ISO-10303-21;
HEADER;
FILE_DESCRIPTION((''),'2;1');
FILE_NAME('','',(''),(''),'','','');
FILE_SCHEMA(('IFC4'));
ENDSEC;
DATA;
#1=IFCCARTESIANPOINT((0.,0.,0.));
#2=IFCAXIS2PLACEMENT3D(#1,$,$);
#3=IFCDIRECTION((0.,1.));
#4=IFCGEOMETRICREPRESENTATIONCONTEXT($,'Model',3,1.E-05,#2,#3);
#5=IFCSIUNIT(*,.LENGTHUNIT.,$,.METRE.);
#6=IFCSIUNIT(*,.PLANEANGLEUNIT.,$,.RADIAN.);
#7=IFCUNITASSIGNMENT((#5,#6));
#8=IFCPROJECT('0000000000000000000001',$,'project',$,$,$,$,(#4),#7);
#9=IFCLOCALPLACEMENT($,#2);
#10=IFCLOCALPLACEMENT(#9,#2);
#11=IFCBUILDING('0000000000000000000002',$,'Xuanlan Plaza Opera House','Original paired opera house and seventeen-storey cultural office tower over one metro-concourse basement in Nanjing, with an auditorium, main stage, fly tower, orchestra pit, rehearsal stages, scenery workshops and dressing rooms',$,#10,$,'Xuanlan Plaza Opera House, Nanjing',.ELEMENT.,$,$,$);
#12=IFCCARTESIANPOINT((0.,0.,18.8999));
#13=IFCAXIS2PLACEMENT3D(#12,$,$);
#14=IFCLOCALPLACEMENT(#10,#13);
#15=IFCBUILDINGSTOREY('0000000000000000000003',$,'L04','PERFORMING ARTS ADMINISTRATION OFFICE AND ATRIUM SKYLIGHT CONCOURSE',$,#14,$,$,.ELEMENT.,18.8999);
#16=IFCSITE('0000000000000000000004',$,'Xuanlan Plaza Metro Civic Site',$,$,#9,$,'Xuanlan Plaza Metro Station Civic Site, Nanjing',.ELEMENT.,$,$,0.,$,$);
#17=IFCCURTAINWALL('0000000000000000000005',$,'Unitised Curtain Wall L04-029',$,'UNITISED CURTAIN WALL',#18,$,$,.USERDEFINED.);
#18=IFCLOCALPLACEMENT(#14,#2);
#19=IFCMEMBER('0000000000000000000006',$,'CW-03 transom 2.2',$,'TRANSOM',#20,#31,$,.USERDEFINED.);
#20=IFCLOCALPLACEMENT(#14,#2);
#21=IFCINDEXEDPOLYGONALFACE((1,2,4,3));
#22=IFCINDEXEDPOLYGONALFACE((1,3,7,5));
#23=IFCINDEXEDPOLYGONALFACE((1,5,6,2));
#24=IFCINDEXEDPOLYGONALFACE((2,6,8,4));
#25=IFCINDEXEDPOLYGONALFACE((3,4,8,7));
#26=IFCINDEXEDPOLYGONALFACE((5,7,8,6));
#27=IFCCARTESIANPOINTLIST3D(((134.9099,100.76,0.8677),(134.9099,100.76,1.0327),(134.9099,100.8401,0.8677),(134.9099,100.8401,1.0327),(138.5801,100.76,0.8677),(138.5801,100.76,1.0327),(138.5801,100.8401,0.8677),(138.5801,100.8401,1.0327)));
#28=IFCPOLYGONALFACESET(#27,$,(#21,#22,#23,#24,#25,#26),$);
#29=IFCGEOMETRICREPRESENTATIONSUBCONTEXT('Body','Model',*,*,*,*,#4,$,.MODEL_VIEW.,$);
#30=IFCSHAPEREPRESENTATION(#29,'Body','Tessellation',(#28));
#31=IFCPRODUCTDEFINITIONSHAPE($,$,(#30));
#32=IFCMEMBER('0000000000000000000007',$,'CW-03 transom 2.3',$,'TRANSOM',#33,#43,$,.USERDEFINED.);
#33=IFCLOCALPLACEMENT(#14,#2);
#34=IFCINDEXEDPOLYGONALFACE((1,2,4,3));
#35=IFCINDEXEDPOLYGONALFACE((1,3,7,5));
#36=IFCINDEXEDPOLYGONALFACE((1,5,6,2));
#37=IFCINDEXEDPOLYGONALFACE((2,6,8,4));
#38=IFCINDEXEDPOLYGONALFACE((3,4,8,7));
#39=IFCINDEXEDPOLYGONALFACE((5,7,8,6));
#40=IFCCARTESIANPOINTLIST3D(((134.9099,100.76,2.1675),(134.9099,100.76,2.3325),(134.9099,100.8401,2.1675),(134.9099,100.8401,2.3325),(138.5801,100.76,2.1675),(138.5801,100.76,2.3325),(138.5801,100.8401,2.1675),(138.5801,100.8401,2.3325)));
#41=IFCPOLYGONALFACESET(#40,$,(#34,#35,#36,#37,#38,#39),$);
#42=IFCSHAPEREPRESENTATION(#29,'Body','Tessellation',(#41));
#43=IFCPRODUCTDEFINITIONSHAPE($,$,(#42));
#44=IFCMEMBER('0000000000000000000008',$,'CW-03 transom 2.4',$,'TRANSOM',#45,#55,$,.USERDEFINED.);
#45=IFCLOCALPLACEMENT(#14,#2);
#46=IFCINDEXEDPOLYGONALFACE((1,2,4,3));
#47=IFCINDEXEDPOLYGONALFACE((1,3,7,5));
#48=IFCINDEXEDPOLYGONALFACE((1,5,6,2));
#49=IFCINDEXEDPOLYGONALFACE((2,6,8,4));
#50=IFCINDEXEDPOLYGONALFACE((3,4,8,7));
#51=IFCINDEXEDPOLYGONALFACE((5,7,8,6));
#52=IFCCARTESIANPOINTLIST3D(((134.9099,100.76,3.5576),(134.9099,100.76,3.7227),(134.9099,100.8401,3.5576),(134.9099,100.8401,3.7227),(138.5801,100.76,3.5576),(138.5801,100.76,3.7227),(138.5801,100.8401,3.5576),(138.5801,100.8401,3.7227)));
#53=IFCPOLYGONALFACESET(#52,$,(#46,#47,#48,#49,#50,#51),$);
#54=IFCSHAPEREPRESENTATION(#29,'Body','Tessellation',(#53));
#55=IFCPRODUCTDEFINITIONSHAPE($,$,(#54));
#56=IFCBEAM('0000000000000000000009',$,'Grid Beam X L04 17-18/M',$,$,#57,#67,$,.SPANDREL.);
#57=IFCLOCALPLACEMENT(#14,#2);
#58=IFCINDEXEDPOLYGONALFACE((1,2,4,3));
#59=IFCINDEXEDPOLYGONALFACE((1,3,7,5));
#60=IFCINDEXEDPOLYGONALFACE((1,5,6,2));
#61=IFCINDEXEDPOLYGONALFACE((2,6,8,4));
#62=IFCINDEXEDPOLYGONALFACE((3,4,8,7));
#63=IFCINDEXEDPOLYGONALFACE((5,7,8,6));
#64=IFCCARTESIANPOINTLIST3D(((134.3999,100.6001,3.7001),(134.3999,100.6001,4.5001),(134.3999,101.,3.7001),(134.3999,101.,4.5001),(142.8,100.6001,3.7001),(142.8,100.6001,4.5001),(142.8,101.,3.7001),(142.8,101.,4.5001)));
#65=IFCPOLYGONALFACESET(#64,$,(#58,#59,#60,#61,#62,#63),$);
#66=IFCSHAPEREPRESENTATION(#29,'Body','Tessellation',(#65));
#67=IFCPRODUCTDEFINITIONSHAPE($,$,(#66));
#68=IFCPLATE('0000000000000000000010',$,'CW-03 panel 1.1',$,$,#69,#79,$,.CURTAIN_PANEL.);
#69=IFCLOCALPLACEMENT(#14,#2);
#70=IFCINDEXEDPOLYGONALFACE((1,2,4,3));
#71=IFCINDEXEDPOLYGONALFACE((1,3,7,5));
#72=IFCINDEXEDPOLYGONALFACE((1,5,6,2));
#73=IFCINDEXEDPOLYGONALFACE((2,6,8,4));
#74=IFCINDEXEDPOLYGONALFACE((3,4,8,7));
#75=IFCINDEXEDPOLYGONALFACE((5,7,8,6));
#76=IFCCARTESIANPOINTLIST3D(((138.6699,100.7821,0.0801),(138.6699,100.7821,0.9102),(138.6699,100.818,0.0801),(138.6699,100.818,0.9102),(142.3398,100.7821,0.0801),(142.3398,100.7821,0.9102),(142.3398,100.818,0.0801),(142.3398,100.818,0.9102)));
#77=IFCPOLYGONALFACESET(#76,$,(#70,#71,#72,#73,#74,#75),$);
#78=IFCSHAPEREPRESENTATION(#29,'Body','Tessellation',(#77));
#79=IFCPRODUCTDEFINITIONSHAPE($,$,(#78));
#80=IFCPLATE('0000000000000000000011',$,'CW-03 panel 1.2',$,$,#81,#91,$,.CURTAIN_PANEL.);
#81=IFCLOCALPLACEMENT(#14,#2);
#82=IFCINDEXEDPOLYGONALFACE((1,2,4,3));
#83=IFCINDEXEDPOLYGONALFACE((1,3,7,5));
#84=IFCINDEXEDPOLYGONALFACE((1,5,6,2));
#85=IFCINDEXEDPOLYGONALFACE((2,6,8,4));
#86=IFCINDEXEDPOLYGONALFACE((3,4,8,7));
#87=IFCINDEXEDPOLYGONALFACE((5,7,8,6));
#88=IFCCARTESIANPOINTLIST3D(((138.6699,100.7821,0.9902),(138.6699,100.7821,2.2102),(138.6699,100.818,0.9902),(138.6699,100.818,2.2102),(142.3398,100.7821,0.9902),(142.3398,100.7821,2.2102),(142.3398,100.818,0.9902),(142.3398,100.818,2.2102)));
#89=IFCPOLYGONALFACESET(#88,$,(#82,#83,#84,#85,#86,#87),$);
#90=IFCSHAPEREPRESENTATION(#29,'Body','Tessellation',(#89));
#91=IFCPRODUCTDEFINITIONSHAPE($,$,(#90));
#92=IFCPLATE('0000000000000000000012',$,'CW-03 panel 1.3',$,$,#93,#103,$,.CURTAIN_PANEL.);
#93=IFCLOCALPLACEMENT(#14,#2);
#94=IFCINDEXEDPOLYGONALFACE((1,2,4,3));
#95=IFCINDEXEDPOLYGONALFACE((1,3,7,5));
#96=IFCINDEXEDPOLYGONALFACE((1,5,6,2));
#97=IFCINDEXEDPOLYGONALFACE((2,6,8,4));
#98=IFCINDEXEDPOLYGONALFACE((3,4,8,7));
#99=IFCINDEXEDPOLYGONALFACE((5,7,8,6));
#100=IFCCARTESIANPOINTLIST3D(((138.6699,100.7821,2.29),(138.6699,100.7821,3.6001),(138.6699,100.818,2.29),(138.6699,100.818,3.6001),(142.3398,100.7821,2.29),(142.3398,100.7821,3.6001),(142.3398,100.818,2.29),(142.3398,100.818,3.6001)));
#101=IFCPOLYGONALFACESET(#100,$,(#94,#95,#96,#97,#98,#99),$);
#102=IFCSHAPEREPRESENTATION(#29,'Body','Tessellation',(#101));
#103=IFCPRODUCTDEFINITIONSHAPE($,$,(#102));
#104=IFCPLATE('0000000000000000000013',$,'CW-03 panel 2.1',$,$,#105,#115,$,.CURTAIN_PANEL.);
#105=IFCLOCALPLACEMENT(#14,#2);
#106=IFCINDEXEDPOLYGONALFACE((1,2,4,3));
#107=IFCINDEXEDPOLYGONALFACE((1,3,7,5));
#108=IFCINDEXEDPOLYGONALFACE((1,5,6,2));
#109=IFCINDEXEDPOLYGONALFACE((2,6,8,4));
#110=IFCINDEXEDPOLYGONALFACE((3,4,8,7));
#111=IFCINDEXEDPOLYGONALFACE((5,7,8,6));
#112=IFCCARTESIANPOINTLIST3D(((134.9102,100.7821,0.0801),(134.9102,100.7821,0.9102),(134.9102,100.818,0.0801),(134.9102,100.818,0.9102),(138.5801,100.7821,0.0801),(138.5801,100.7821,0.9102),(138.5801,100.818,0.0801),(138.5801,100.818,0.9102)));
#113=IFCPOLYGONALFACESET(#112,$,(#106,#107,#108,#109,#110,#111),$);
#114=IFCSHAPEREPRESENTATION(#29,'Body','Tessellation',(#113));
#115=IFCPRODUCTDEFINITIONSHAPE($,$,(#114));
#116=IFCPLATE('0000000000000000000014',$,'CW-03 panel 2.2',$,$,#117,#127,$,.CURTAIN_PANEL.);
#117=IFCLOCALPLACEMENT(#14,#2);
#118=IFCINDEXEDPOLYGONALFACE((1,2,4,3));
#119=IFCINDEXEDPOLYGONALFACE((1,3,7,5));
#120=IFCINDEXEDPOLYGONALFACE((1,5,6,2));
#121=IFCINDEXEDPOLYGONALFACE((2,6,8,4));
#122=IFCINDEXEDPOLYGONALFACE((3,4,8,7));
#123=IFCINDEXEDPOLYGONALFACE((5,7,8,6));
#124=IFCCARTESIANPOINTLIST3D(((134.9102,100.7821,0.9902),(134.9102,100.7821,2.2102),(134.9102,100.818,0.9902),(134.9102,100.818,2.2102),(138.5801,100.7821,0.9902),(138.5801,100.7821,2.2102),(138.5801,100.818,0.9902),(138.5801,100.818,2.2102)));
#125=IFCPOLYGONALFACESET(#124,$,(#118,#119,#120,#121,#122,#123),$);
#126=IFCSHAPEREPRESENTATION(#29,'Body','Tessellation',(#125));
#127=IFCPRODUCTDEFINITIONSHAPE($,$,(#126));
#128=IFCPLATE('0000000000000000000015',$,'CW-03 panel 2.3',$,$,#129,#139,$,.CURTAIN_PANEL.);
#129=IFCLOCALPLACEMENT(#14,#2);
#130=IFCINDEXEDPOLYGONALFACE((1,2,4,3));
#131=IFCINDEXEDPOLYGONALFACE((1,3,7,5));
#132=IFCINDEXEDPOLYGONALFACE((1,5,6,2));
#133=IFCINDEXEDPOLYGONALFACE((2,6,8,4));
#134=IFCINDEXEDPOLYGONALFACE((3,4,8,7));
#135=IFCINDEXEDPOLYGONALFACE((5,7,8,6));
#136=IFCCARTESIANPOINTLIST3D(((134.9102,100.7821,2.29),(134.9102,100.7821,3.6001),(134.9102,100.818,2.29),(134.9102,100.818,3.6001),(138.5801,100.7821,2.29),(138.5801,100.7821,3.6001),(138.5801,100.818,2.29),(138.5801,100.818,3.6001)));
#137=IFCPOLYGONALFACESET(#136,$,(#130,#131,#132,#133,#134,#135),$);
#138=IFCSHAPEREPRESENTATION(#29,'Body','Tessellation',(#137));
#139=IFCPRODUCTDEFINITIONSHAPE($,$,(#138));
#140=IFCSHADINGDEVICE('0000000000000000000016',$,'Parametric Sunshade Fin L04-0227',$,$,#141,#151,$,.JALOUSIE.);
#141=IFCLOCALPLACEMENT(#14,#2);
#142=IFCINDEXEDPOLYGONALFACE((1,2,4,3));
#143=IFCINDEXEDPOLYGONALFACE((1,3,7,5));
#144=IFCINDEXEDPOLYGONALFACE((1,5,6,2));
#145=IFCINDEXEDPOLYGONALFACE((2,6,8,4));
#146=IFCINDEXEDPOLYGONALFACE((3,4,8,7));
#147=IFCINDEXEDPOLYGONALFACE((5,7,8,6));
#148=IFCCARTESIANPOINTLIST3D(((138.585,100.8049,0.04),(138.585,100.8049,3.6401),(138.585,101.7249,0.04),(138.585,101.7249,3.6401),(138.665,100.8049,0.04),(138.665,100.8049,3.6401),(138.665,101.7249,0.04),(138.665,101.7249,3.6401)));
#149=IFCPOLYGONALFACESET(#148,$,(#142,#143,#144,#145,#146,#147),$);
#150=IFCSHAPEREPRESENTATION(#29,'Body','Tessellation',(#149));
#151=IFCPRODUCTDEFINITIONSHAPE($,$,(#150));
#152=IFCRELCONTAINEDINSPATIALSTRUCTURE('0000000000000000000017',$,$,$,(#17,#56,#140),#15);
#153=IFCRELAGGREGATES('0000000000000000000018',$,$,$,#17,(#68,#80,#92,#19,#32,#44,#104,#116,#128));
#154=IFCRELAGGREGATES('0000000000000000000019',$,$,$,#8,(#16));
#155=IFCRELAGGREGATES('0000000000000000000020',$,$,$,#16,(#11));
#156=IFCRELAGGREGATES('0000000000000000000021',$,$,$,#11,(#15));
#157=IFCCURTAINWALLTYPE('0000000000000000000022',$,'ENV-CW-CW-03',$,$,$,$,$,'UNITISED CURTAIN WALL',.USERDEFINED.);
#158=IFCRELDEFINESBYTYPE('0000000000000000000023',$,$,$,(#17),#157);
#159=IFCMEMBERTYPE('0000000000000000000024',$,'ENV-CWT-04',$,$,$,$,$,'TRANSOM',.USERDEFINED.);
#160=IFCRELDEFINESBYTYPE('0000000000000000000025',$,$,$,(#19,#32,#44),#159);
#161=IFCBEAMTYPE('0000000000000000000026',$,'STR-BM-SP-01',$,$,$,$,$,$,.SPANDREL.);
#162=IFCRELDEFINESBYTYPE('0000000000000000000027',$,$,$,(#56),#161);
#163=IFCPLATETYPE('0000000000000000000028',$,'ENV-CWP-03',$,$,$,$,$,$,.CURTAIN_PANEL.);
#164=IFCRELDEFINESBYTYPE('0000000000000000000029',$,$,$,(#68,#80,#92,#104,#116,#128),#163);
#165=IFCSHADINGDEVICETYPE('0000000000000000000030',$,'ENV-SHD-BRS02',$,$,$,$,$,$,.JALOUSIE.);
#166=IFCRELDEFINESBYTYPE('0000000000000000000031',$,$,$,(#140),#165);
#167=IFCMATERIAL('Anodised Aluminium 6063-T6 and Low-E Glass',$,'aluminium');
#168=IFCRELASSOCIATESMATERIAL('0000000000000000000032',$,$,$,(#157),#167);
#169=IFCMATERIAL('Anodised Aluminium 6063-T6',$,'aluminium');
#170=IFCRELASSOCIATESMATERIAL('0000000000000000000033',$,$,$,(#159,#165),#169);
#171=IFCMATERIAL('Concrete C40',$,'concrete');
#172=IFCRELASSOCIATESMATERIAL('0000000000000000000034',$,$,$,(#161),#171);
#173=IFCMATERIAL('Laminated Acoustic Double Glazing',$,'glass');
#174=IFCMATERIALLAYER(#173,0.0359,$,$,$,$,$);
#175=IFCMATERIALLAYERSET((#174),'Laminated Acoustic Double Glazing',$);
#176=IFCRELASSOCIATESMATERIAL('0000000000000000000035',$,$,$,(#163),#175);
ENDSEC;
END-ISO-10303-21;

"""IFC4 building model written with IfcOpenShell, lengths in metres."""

from ifc_helpers import new_model, si_unit, direction, frame, origin, origin_2d, place, context, subcontext, project, spatial, rectangle, extrude, material, layer, layer_set, material_profile, profile_set, type_object, element, aggregate, save


model = new_model("IFC4")

# Units and contexts
model_context = context("Model", 3, precision=1e-05, world=origin(), true_north=direction((0.0, 1.0)))
body_context = subcontext(model_context, "Body", "Model", "MODEL_VIEW")
ifc_project = project(units=[si_unit("LENGTHUNIT", "METRE"), si_unit("PLANEANGLEUNIT", "RADIAN")], contexts=[model_context])

# Site, building, storey
site_placement = place(None, origin())
site = spatial("IfcSite", under=ifc_project, at=site_placement, Name="Xuanlan Plaza Metro Civic Site", LongName="Xuanlan Plaza Metro Station Civic Site, Nanjing", CompositionType="ELEMENT", RefElevation=0.0)
building_placement = place(site_placement, origin())
building = spatial("IfcBuilding", under=site, at=building_placement, Name="Xuanlan Plaza Opera House", Description="Original paired opera house and seventeen-storey cultural office tower over one metro-concourse basement in Nanjing, with an auditorium, main stage, fly tower, orchestra pit, rehearsal stages, scenery workshops and dressing rooms", LongName="Xuanlan Plaza Opera House, Nanjing", CompositionType="ELEMENT")
storey_placement = place(building_placement, frame((0.0, 0.0, 18.8999)))
storey = spatial("IfcBuildingStorey", under=building, at=storey_placement, Name="L04", Description="PERFORMING ARTS ADMINISTRATION OFFICE AND ATRIUM SKYLIGHT CONCOURSE", CompositionType="ELEMENT", Elevation=18.8999)

# Shared definitions
ifc_material_1 = material(Name="Concrete C40", Category="concrete")

# Shared definitions
ifc_material_2 = material(Name="Anodised Aluminium 6063-T6 and Low-E Glass", Category="aluminium")
ifc_material_3 = material(Name="Anodised Aluminium 6063-T6", Category="aluminium")

# Curtain wall
curtain_wall_type_1 = type_object("IfcCurtainWallType", Name="ENV-CW-CW-03", ElementType="UNITISED CURTAIN WALL", PredefinedType="USERDEFINED", material=ifc_material_2)
curtain_wall_1_placement = place(storey_placement, origin())
curtain_wall_1 = element("IfcCurtainWall", 1, at=curtain_wall_1_placement, inside=storey, type_object=curtain_wall_type_1, Name="Unitised Curtain Wall L04-029", ObjectType="UNITISED CURTAIN WALL", PredefinedType="USERDEFINED")

# Members
ifc_material_profile_1 = material_profile(ifc_material_3, rectangle(XDim=0.0801, YDim=0.165, at=origin_2d()), Name="ALU-T 80x165")
ifc_profile_set_1 = profile_set([ifc_material_profile_1], Name="Anodised Aluminium 6063-T6")
member_type_1 = type_object("IfcMemberType", Name="ENV-CWT-04", ElementType="TRANSOM", PredefinedType="USERDEFINED", material=ifc_profile_set_1)
member_1_placement = place(storey_placement, frame((138.5801, 100.8, 0.9502), z_axis=(-1.0, 0.0, 0.0), x_axis=(0.0, -1.0, 0.0)))
member_1 = element("IfcMember", 2, at=member_1_placement, type_object=member_type_1, Name="CW-03 transom 2.2", ObjectType="TRANSOM", PredefinedType="USERDEFINED", context=body_context, shape_type="SweptSolid", body=[
    extrude(rectangle(XDim=0.0801, YDim=0.165, at=origin_2d()), origin(), (0.0, 0.0, 1.0), 3.6702),
])
member_2_placement = place(storey_placement, frame((138.5801, 100.8, 2.25), z_axis=(-1.0, 0.0, 0.0), x_axis=(0.0, -1.0, 0.0)))
member_2 = element("IfcMember", 3, at=member_2_placement, type_object=member_type_1, Name="CW-03 transom 2.3", ObjectType="TRANSOM", PredefinedType="USERDEFINED", context=body_context, shape_type="SweptSolid", body=[
    extrude(rectangle(XDim=0.0801, YDim=0.165, at=origin_2d()), origin(), (0.0, 0.0, 1.0), 3.6702),
])
member_3_placement = place(storey_placement, frame((138.5801, 100.8, 3.6401), z_axis=(-1.0, 0.0, 0.0), x_axis=(0.0, -1.0, 0.0)))
member_3 = element("IfcMember", 4, at=member_3_placement, type_object=member_type_1, Name="CW-03 transom 2.4", ObjectType="TRANSOM", PredefinedType="USERDEFINED", context=body_context, shape_type="SweptSolid", body=[
    extrude(rectangle(XDim=0.0801, YDim=0.165, at=origin_2d()), origin(), (0.0, 0.0, 1.0), 3.6702),
])

# Beam
ifc_material_profile_2 = material_profile(ifc_material_1, rectangle(XDim=0.3999, YDim=0.8, at=origin_2d()), Name="RC-SPD 400x800")
ifc_profile_set_2 = profile_set([ifc_material_profile_2], Name="Concrete C40")
beam_type = type_object("IfcBeamType", Name="STR-BM-SP-01", PredefinedType="SPANDREL", material=ifc_profile_set_2)
beam_placement = place(storey_placement, frame((134.3999, 100.8, 4.1001), z_axis=(1.0, 0.0, 0.0), x_axis=(0.0, 1.0, 0.0)))
element("IfcBeam", 5, at=beam_placement, inside=storey, type_object=beam_type, Name="Grid Beam X L04 17-18/M", PredefinedType="SPANDREL", context=body_context, shape_type="SweptSolid", body=[
    extrude(rectangle(XDim=0.3999, YDim=0.8, at=origin_2d()), origin(), (0.0, 0.0, 1.0), 8.4001),
])

# Plates
ifc_material_4 = material(Name="Laminated Acoustic Double Glazing", Category="glass")
ifc_layer = layer(ifc_material_4, 0.0359)
ifc_layer_set = layer_set([ifc_layer], Name="Laminated Acoustic Double Glazing")
plate_type = type_object("IfcPlateType", Name="ENV-CWP-03", PredefinedType="CURTAIN_PANEL", material=ifc_layer_set)
plate_1_placement = place(storey_placement, frame((140.5049, 100.8, 0.0801), z_axis=(0.0, 0.0, 1.0), x_axis=(-1.0, 0.0, 0.0)))
plate_1 = element("IfcPlate", 6, at=plate_1_placement, type_object=plate_type, Name="CW-03 panel 1.1", PredefinedType="CURTAIN_PANEL", context=body_context, shape_type="SweptSolid", body=[
    extrude(rectangle(XDim=3.6699, YDim=0.0359, at=origin_2d()), origin(), (0.0, 0.0, 1.0), 0.8301),
])
plate_2_placement = place(storey_placement, frame((140.5049, 100.8, 0.9902), z_axis=(0.0, 0.0, 1.0), x_axis=(-1.0, 0.0, 0.0)))
plate_2 = element("IfcPlate", 7, at=plate_2_placement, type_object=plate_type, Name="CW-03 panel 1.2", PredefinedType="CURTAIN_PANEL", context=body_context, shape_type="SweptSolid", body=[
    extrude(rectangle(XDim=3.6699, YDim=0.0359, at=origin_2d()), origin(), (0.0, 0.0, 1.0), 1.22),
])
plate_3_placement = place(storey_placement, frame((140.5049, 100.8, 2.29), z_axis=(0.0, 0.0, 1.0), x_axis=(-1.0, 0.0, 0.0)))
plate_3 = element("IfcPlate", 8, at=plate_3_placement, type_object=plate_type, Name="CW-03 panel 1.3", PredefinedType="CURTAIN_PANEL", context=body_context, shape_type="SweptSolid", body=[
    extrude(rectangle(XDim=3.6699, YDim=0.0359, at=origin_2d()), origin(), (0.0, 0.0, 1.0), 1.3101),
])
plate_4_placement = place(storey_placement, frame((136.7451, 100.8, 0.0801), z_axis=(0.0, 0.0, 1.0), x_axis=(-1.0, 0.0, 0.0)))
plate_4 = element("IfcPlate", 9, at=plate_4_placement, type_object=plate_type, Name="CW-03 panel 2.1", PredefinedType="CURTAIN_PANEL", context=body_context, shape_type="SweptSolid", body=[
    extrude(rectangle(XDim=3.6699, YDim=0.0359, at=origin_2d()), origin(), (0.0, 0.0, 1.0), 0.8301),
])
plate_5_placement = place(storey_placement, frame((136.7451, 100.8, 0.9902), z_axis=(0.0, 0.0, 1.0), x_axis=(-1.0, 0.0, 0.0)))
plate_5 = element("IfcPlate", 10, at=plate_5_placement, type_object=plate_type, Name="CW-03 panel 2.2", PredefinedType="CURTAIN_PANEL", context=body_context, shape_type="SweptSolid", body=[
    extrude(rectangle(XDim=3.6699, YDim=0.0359, at=origin_2d()), origin(), (0.0, 0.0, 1.0), 1.22),
])
plate_6_placement = place(storey_placement, frame((136.7451, 100.8, 2.29), z_axis=(0.0, 0.0, 1.0), x_axis=(-1.0, 0.0, 0.0)))
plate_6 = element("IfcPlate", 11, at=plate_6_placement, type_object=plate_type, Name="CW-03 panel 2.3", PredefinedType="CURTAIN_PANEL", context=body_context, shape_type="SweptSolid", body=[
    extrude(rectangle(XDim=3.6699, YDim=0.0359, at=origin_2d()), origin(), (0.0, 0.0, 1.0), 1.3101),
])
aggregate(curtain_wall_1, [plate_1, plate_2, plate_3, member_1, member_2, member_3, plate_4, plate_5, plate_6])

# Shading device
shading_device_type = type_object("IfcShadingDeviceType", Name="ENV-SHD-BRS02", PredefinedType="JALOUSIE", material=ifc_material_3)
shading_device_placement = place(storey_placement, frame((138.625, 101.2649, 0.04), z_axis=(0.0, 0.0, 1.0), x_axis=(0.0, 1.0, 0.0)))
element("IfcShadingDevice", 12, at=shading_device_placement, inside=storey, type_object=shading_device_type, Name="Parametric Sunshade Fin L04-0227", PredefinedType="JALOUSIE", context=body_context, shape_type="SweptSolid", body=[
    extrude(rectangle(XDim=0.9199, YDim=0.0801, at=origin_2d()), origin(), (0.0, 0.0, 1.0), 3.6001),
])

save(model, "model.ifc")
